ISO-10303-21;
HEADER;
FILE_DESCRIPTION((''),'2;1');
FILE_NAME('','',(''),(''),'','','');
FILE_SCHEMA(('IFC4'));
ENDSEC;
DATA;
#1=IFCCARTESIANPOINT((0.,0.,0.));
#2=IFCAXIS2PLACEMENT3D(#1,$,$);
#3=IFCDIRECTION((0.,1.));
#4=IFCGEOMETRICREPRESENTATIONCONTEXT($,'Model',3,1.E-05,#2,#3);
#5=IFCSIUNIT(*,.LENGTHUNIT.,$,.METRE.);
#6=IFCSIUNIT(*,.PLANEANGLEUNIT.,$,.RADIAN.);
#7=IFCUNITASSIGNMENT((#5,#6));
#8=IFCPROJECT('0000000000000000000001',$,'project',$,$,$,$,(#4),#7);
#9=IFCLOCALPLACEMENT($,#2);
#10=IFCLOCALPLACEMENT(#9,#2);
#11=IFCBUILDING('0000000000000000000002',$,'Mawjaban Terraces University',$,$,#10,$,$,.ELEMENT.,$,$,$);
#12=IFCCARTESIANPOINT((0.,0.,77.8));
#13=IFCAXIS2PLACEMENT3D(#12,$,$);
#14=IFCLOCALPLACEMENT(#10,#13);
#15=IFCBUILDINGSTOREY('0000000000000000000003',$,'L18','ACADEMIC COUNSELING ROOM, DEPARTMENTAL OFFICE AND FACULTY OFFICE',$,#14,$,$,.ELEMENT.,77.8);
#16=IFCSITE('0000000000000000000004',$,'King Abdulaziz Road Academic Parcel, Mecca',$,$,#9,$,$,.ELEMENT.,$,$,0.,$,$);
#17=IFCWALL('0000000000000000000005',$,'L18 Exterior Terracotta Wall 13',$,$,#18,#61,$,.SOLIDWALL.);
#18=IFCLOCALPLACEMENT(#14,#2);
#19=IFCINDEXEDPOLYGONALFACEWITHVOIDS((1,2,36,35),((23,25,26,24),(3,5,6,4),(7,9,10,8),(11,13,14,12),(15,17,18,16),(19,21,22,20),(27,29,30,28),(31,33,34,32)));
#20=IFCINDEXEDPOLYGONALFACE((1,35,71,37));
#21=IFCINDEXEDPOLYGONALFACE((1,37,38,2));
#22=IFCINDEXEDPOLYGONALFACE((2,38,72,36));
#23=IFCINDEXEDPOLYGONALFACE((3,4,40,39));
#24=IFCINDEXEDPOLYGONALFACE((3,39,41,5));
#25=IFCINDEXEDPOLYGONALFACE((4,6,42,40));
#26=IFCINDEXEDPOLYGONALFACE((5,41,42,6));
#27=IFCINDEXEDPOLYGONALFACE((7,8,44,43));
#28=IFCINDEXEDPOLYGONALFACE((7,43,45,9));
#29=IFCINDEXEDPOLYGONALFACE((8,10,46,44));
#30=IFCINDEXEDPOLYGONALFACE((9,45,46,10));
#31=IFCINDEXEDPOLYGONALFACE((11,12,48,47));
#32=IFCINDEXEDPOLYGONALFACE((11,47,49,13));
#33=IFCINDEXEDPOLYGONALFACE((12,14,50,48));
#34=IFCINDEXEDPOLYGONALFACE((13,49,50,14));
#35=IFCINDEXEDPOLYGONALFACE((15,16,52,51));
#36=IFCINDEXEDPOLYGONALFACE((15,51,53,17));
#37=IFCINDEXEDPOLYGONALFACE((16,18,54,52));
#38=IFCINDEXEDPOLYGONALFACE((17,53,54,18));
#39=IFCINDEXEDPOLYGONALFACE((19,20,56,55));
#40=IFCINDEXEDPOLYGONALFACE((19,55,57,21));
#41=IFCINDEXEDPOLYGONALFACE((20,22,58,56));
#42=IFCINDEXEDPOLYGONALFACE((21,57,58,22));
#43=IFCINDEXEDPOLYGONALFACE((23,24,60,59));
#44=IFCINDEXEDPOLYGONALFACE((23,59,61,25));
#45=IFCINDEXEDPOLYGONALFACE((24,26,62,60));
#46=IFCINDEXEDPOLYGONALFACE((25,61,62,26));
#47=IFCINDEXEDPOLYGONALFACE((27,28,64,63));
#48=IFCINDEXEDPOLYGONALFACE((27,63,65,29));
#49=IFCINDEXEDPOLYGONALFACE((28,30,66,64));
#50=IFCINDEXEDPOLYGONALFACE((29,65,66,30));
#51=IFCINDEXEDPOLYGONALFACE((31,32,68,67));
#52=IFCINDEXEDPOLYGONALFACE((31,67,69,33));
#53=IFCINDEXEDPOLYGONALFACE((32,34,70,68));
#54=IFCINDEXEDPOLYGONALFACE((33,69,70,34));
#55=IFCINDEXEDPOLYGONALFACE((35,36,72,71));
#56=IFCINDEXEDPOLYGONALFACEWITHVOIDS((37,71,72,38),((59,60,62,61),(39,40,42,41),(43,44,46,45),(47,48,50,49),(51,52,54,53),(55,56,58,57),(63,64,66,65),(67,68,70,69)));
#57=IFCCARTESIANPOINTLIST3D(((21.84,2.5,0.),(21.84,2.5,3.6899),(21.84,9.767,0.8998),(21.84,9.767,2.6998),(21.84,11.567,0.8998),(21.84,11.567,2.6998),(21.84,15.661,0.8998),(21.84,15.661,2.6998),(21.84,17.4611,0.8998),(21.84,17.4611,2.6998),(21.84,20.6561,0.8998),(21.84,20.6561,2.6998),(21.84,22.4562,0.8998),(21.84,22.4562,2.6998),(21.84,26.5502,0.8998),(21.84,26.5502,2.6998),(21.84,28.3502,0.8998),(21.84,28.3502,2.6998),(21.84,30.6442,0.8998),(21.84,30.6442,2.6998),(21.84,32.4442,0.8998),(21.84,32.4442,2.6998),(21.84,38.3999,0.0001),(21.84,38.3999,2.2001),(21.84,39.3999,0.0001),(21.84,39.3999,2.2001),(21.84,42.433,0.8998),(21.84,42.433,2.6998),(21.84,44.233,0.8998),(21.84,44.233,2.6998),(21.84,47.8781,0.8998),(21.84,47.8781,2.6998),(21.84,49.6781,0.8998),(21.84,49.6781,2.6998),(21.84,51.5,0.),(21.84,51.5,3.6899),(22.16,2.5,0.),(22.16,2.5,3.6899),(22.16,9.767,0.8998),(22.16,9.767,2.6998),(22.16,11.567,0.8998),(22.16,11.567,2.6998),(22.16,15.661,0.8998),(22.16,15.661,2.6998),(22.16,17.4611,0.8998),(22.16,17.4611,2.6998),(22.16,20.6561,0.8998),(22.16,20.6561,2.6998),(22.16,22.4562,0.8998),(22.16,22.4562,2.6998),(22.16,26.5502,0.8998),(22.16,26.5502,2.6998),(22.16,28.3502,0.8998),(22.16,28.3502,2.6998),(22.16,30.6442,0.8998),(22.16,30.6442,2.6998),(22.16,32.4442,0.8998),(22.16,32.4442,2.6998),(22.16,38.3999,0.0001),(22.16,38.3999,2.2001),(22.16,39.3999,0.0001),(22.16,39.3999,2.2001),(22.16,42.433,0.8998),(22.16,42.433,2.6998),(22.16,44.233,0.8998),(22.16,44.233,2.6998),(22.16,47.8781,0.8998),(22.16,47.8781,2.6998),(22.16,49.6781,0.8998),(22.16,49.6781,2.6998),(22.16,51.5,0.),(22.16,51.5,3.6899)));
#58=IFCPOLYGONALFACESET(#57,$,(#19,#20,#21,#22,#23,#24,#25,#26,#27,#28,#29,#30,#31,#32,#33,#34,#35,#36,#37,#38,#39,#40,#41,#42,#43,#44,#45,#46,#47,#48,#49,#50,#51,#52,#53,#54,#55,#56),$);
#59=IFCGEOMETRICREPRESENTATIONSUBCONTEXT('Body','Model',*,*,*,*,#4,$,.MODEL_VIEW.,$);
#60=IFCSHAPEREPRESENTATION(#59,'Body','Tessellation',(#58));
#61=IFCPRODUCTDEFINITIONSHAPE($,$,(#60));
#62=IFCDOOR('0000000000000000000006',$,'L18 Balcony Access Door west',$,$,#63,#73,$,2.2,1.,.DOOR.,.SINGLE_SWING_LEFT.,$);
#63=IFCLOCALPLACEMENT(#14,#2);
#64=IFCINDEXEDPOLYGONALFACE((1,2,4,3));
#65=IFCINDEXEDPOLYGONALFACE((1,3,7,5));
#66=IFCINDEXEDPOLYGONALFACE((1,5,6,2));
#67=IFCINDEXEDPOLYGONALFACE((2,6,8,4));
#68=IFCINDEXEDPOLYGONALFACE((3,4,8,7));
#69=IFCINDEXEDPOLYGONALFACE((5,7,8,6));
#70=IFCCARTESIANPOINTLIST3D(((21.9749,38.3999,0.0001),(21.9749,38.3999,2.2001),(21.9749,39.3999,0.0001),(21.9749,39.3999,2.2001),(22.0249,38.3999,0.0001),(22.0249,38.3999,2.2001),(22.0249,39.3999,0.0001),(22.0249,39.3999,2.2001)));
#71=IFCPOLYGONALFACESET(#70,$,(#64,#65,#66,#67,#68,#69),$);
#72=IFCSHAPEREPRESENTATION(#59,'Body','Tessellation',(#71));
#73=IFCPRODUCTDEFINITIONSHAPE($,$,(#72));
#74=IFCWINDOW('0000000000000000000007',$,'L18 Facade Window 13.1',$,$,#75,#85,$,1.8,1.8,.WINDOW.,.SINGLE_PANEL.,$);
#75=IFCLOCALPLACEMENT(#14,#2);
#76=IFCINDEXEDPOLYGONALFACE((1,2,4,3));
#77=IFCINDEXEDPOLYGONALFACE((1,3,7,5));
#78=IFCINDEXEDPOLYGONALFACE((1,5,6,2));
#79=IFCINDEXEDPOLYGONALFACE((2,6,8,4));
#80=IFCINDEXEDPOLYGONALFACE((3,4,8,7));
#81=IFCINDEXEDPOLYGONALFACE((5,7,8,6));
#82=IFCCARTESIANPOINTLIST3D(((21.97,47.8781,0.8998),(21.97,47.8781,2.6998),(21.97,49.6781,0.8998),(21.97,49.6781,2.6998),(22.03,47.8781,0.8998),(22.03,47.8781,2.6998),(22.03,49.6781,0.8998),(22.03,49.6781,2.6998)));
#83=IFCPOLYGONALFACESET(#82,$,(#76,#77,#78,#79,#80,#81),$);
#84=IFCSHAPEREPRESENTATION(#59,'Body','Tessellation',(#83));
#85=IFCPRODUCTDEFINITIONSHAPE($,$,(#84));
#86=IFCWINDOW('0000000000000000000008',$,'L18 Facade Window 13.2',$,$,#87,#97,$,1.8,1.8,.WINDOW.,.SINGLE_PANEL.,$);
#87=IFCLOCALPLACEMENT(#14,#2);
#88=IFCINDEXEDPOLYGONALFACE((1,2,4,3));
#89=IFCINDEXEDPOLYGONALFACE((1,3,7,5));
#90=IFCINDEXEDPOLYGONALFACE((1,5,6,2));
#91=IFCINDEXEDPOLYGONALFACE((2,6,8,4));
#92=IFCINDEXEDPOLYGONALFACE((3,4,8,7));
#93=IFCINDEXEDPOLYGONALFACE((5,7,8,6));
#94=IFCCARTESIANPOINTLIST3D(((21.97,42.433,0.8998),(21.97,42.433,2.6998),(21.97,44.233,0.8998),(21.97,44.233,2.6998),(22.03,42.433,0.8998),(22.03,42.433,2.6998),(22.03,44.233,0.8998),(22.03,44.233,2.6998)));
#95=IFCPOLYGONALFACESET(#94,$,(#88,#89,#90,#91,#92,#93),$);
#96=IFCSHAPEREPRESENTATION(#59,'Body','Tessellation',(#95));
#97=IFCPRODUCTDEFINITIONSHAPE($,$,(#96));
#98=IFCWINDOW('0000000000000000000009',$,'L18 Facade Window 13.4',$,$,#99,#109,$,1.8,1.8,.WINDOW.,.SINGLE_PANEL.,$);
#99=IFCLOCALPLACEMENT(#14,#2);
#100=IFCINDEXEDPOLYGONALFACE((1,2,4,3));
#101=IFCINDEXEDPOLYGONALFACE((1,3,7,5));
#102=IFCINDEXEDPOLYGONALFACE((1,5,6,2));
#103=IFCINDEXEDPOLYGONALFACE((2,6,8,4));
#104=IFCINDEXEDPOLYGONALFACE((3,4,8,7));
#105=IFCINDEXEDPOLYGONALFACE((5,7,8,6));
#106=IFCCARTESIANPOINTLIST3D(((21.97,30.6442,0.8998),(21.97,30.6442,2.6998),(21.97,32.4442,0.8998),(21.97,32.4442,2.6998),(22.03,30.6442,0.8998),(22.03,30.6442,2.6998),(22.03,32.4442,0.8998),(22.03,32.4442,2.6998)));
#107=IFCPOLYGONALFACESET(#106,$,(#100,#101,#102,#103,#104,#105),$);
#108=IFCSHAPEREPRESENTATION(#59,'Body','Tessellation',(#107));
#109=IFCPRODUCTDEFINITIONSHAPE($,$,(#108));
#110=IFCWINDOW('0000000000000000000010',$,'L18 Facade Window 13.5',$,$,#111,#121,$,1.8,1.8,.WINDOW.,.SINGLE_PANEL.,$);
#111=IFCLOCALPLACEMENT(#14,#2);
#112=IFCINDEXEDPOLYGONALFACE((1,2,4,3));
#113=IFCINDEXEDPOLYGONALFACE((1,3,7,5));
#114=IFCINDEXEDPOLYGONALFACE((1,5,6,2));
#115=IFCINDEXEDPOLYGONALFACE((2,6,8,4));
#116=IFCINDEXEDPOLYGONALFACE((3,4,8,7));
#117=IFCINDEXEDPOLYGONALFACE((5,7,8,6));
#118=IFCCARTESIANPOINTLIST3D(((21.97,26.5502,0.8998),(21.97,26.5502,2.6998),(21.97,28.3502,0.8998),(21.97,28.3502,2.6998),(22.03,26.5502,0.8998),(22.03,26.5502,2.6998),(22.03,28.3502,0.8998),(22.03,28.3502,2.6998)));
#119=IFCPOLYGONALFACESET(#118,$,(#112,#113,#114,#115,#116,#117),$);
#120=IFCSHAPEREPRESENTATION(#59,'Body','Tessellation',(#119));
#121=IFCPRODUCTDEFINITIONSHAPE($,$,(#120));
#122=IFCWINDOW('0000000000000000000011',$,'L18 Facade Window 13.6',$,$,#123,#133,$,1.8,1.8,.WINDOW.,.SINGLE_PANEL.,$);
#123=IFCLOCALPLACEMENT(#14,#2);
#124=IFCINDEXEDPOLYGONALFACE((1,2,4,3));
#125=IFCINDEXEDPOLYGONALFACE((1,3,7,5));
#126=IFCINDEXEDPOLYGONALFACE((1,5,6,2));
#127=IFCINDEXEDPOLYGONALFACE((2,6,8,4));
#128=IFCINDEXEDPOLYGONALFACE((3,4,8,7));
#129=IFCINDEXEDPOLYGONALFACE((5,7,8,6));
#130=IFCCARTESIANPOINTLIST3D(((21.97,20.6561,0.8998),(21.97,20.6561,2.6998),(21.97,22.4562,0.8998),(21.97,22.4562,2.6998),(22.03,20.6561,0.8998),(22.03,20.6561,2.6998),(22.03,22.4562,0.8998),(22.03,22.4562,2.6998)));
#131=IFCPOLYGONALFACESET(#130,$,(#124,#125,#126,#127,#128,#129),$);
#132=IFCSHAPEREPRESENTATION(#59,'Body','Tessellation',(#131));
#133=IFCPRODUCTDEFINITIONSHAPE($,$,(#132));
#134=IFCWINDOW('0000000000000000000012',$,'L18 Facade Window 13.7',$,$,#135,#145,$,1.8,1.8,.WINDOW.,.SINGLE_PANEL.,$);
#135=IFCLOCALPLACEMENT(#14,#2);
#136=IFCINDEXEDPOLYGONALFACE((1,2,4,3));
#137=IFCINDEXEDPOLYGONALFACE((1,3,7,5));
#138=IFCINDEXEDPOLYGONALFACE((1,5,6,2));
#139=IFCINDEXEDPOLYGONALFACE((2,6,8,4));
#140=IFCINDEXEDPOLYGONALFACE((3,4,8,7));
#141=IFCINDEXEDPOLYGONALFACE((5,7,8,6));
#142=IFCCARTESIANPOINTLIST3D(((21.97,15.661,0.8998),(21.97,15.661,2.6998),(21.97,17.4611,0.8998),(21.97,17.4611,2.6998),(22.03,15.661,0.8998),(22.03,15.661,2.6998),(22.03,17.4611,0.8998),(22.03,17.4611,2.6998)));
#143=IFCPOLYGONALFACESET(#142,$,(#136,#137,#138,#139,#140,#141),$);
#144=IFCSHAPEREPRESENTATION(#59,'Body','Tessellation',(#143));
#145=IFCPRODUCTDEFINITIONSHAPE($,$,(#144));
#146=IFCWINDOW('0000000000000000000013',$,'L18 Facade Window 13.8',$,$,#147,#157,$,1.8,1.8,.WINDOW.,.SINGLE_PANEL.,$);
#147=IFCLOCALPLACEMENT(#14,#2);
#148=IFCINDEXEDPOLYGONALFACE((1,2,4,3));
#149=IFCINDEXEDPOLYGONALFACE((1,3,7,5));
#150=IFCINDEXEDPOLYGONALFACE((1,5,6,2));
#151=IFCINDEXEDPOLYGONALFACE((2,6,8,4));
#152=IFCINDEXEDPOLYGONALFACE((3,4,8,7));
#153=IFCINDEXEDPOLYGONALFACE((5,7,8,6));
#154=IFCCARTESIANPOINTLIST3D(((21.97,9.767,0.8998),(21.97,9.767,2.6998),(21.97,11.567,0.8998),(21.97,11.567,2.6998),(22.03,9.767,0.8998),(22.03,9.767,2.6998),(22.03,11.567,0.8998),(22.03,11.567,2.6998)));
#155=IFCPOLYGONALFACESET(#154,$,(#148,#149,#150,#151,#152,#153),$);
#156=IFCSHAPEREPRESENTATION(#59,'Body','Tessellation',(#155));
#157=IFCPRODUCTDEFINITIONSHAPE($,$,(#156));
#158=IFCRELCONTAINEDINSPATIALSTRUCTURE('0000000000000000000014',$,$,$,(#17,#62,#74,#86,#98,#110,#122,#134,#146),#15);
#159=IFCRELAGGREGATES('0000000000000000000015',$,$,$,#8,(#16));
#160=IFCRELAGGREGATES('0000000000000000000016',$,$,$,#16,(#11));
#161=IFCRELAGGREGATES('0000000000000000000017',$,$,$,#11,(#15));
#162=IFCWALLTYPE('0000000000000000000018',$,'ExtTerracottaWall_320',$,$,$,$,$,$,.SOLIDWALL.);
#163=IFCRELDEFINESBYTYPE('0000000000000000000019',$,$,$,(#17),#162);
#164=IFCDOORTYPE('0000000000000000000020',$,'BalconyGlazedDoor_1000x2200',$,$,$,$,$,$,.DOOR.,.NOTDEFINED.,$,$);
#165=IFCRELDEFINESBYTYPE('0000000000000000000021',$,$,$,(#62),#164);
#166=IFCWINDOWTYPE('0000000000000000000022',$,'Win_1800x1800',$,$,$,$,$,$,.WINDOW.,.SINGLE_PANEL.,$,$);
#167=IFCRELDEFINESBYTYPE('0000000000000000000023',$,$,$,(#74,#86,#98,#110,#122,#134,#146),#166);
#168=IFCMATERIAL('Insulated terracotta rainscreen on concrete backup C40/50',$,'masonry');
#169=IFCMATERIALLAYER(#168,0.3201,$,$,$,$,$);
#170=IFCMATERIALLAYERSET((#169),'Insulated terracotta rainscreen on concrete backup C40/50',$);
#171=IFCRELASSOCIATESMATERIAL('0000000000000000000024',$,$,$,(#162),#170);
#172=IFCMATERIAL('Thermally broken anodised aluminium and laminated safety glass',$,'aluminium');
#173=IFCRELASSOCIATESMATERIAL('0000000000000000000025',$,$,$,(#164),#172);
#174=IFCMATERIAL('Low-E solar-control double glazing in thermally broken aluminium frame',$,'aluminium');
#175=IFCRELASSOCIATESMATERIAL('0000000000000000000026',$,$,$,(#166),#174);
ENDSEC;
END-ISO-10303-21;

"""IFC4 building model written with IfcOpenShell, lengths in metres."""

from ifc_helpers import new_model, si_unit, direction, frame, frame_2d, origin, place, context, subcontext, project, spatial, rectangle, extrude, material, layer, layer_set, type_object, element, fill, save


model = new_model("IFC4")

# Units and contexts
model_context = context("Model", 3, precision=1e-05, world=origin(), true_north=direction((0.0, 1.0)))
body_context = subcontext(model_context, "Body", "Model", "MODEL_VIEW")
ifc_project = project(units=[si_unit("LENGTHUNIT", "METRE"), si_unit("PLANEANGLEUNIT", "RADIAN")], contexts=[model_context])

# Site, building, storey
site_placement = place(None, origin())
site = spatial("IfcSite", under=ifc_project, at=site_placement, Name="King Abdulaziz Road Academic Parcel, Mecca", CompositionType="ELEMENT", RefElevation=0.0)
building_placement = place(site_placement, origin())
building = spatial("IfcBuilding", under=site, at=building_placement, Name="Mawjaban Terraces University", CompositionType="ELEMENT")
storey_placement = place(building_placement, frame((0.0, 0.0, 77.8)))
storey = spatial("IfcBuildingStorey", under=building, at=storey_placement, Name="L18", Description="ACADEMIC COUNSELING ROOM, DEPARTMENTAL OFFICE AND FACULTY OFFICE", CompositionType="ELEMENT", Elevation=77.8)

# Shared definitions
ifc_material_1 = material(Name="Insulated terracotta rainscreen on concrete backup C40/50", Category="masonry")
ifc_layer_1 = layer(ifc_material_1, 0.3201)
ifc_layer_set_1 = layer_set([ifc_layer_1], Name="Insulated terracotta rainscreen on concrete backup C40/50")
wall_type_1 = type_object("IfcWallType", Name="ExtTerracottaWall_320", PredefinedType="SOLIDWALL", material=ifc_layer_set_1)

# Wall, openings, door, windows
wall_1_placement = place(storey_placement, frame((22.0, 51.5, 0.0), z_axis=(0.0, 0.0, 1.0), x_axis=(0.0, -1.0, 0.0)))
wall_1 = element("IfcWall", 1, at=wall_1_placement, inside=storey, type_object=wall_type_1, Name="L18 Exterior Terracotta Wall 13", PredefinedType="SOLIDWALL", context=body_context, shape_type="SweptSolid", body=[
    extrude(rectangle(XDim=49.0, YDim=0.3201, at=frame_2d((24.5, 0.0))), origin(), (0.0, 0.0, 1.0), 3.6899),
])
opening_1_placement = place(wall_1_placement, frame((12.1001, 0.0, 0.0)))
opening_1 = element("IfcOpeningElement", 2, at=opening_1_placement, cuts=wall_1, PredefinedType="OPENING", context=body_context, shape_type="SweptSolid", body=[
    extrude(rectangle(XDim=1.0, YDim=2.2, at=frame_2d((0.5, 1.1001))), frame((0.0, 0.1699, 0.0), z_axis=(0.0, -1.0, 0.0), x_axis=(1.0, 0.0, 0.0)), (0.0, 0.0, 1.0), 0.3401),
])
opening_2_placement = place(wall_1_placement, frame((1.822, 0.0, 0.8999)))
opening_2 = element("IfcOpeningElement", 3, at=opening_2_placement, cuts=wall_1, PredefinedType="OPENING", context=body_context, shape_type="SweptSolid", body=[
    extrude(rectangle(XDim=1.8, YDim=1.8, at=frame_2d((0.8999, 0.8999))), frame((0.0, 0.1699, 0.0), z_axis=(0.0, -1.0, 0.0), x_axis=(1.0, 0.0, 0.0)), (0.0, 0.0, 1.0), 0.3401),
])
opening_3_placement = place(wall_1_placement, frame((7.2671, 0.0, 0.8999)))
opening_3 = element("IfcOpeningElement", 4, at=opening_3_placement, cuts=wall_1, PredefinedType="OPENING", context=body_context, shape_type="SweptSolid", body=[
    extrude(rectangle(XDim=1.8, YDim=1.8, at=frame_2d((0.8999, 0.8999))), frame((0.0, 0.1699, 0.0), z_axis=(0.0, -1.0, 0.0), x_axis=(1.0, 0.0, 0.0)), (0.0, 0.0, 1.0), 0.3401),
])
opening_4_placement = place(wall_1_placement, frame((19.0559, 0.0, 0.8999)))
opening_4 = element("IfcOpeningElement", 5, at=opening_4_placement, cuts=wall_1, PredefinedType="OPENING", context=body_context, shape_type="SweptSolid", body=[
    extrude(rectangle(XDim=1.8, YDim=1.8, at=frame_2d((0.8999, 0.8999))), frame((0.0, 0.1699, 0.0), z_axis=(0.0, -1.0, 0.0), x_axis=(1.0, 0.0, 0.0)), (0.0, 0.0, 1.0), 0.3401),
])
opening_5_placement = place(wall_1_placement, frame((23.1499, 0.0, 0.8999)))
opening_5 = element("IfcOpeningElement", 6, at=opening_5_placement, cuts=wall_1, PredefinedType="OPENING", context=body_context, shape_type="SweptSolid", body=[
    extrude(rectangle(XDim=1.8, YDim=1.8, at=frame_2d((0.8999, 0.8999))), frame((0.0, 0.1699, 0.0), z_axis=(0.0, -1.0, 0.0), x_axis=(1.0, 0.0, 0.0)), (0.0, 0.0, 1.0), 0.3401),
])
opening_6_placement = place(wall_1_placement, frame((29.0439, 0.0, 0.8999)))
opening_6 = element("IfcOpeningElement", 7, at=opening_6_placement, cuts=wall_1, PredefinedType="OPENING", context=body_context, shape_type="SweptSolid", body=[
    extrude(rectangle(XDim=1.8, YDim=1.8, at=frame_2d((0.8999, 0.8999))), frame((0.0, 0.1699, 0.0), z_axis=(0.0, -1.0, 0.0), x_axis=(1.0, 0.0, 0.0)), (0.0, 0.0, 1.0), 0.3401),
])
opening_7_placement = place(wall_1_placement, frame((34.0391, 0.0, 0.8999)))
opening_7 = element("IfcOpeningElement", 8, at=opening_7_placement, cuts=wall_1, PredefinedType="OPENING", context=body_context, shape_type="SweptSolid", body=[
    extrude(rectangle(XDim=1.8, YDim=1.8, at=frame_2d((0.8999, 0.8999))), frame((0.0, 0.1699, 0.0), z_axis=(0.0, -1.0, 0.0), x_axis=(1.0, 0.0, 0.0)), (0.0, 0.0, 1.0), 0.3401),
])
opening_8_placement = place(wall_1_placement, frame((39.9331, 0.0, 0.8999)))
opening_8 = element("IfcOpeningElement", 9, at=opening_8_placement, cuts=wall_1, PredefinedType="OPENING", context=body_context, shape_type="SweptSolid", body=[
    extrude(rectangle(XDim=1.8, YDim=1.8, at=frame_2d((0.8999, 0.8999))), frame((0.0, 0.1699, 0.0), z_axis=(0.0, -1.0, 0.0), x_axis=(1.0, 0.0, 0.0)), (0.0, 0.0, 1.0), 0.3401),
])
ifc_material_2 = material(Name="Thermally broken anodised aluminium and laminated safety glass", Category="aluminium")
door_type_1 = type_object("IfcDoorType", Name="BalconyGlazedDoor_1000x2200", OperationType="NOTDEFINED", PredefinedType="DOOR", material=ifc_material_2)
door_1_placement = place(opening_1_placement, origin())
door_1 = element("IfcDoor", 10, at=door_1_placement, inside=storey, type_object=door_type_1, Name="L18 Balcony Access Door west", OperationType="SINGLE_SWING_LEFT", OverallHeight=2.2, OverallWidth=1.0, PredefinedType="DOOR", context=body_context, shape_type="SweptSolid", body=[
    extrude(rectangle(XDim=1.0, YDim=2.2, at=frame_2d((0.5, 1.1001))), frame((0.0, 0.0249, 0.0), z_axis=(0.0, -1.0, 0.0), x_axis=(1.0, 0.0, 0.0)), (0.0, 0.0, 1.0), 0.05),
])
fill(opening_1, door_1)
ifc_material_3 = material(Name="Low-E solar-control double glazing in thermally broken aluminium frame", Category="aluminium")
window_type = type_object("IfcWindowType", Name="Win_1800x1800", PartitioningType="SINGLE_PANEL", PredefinedType="WINDOW", material=ifc_material_3)
window_1_placement = place(opening_2_placement, origin())
window_1 = element("IfcWindow", 11, at=window_1_placement, inside=storey, type_object=window_type, Name="L18 Facade Window 13.1", OverallHeight=1.8, OverallWidth=1.8, PartitioningType="SINGLE_PANEL", PredefinedType="WINDOW", context=body_context, shape_type="SweptSolid", body=[
    extrude(rectangle(XDim=1.8, YDim=1.8, at=frame_2d((0.8999, 0.8999))), frame((0.0, 0.03, 0.0), z_axis=(0.0, -1.0, 0.0), x_axis=(1.0, 0.0, 0.0)), (0.0, 0.0, 1.0), 0.0601),
])
fill(opening_2, window_1)
window_2_placement = place(opening_3_placement, origin())
window_2 = element("IfcWindow", 12, at=window_2_placement, inside=storey, type_object=window_type, Name="L18 Facade Window 13.2", OverallHeight=1.8, OverallWidth=1.8, PartitioningType="SINGLE_PANEL", PredefinedType="WINDOW", context=body_context, shape_type="SweptSolid", body=[
    extrude(rectangle(XDim=1.8, YDim=1.8, at=frame_2d((0.8999, 0.8999))), frame((0.0, 0.03, 0.0), z_axis=(0.0, -1.0, 0.0), x_axis=(1.0, 0.0, 0.0)), (0.0, 0.0, 1.0), 0.0601),
])
fill(opening_3, window_2)
window_3_placement = place(opening_4_placement, origin())
window_3 = element("IfcWindow", 13, at=window_3_placement, inside=storey, type_object=window_type, Name="L18 Facade Window 13.4", OverallHeight=1.8, OverallWidth=1.8, PartitioningType="SINGLE_PANEL", PredefinedType="WINDOW", context=body_context, shape_type="SweptSolid", body=[
    extrude(rectangle(XDim=1.8, YDim=1.8, at=frame_2d((0.8999, 0.8999))), frame((0.0, 0.03, 0.0), z_axis=(0.0, -1.0, 0.0), x_axis=(1.0, 0.0, 0.0)), (0.0, 0.0, 1.0), 0.0601),
])
fill(opening_4, window_3)
window_4_placement = place(opening_5_placement, origin())
window_4 = element("IfcWindow", 14, at=window_4_placement, inside=storey, type_object=window_type, Name="L18 Facade Window 13.5", OverallHeight=1.8, OverallWidth=1.8, PartitioningType="SINGLE_PANEL", PredefinedType="WINDOW", context=body_context, shape_type="SweptSolid", body=[
    extrude(rectangle(XDim=1.8, YDim=1.8, at=frame_2d((0.8999, 0.8999))), frame((0.0, 0.03, 0.0), z_axis=(0.0, -1.0, 0.0), x_axis=(1.0, 0.0, 0.0)), (0.0, 0.0, 1.0), 0.0601),
])
fill(opening_5, window_4)
window_5_placement = place(opening_6_placement, origin())
window_5 = element("IfcWindow", 15, at=window_5_placement, inside=storey, type_object=window_type, Name="L18 Facade Window 13.6", OverallHeight=1.8, OverallWidth=1.8, PartitioningType="SINGLE_PANEL", PredefinedType="WINDOW", context=body_context, shape_type="SweptSolid", body=[
    extrude(rectangle(XDim=1.8, YDim=1.8, at=frame_2d((0.8999, 0.8999))), frame((0.0, 0.03, 0.0), z_axis=(0.0, -1.0, 0.0), x_axis=(1.0, 0.0, 0.0)), (0.0, 0.0, 1.0), 0.0601),
])
fill(opening_6, window_5)
window_6_placement = place(opening_7_placement, origin())
window_6 = element("IfcWindow", 16, at=window_6_placement, inside=storey, type_object=window_type, Name="L18 Facade Window 13.7", OverallHeight=1.8, OverallWidth=1.8, PartitioningType="SINGLE_PANEL", PredefinedType="WINDOW", context=body_context, shape_type="SweptSolid", body=[
    extrude(rectangle(XDim=1.8, YDim=1.8, at=frame_2d((0.8999, 0.8999))), frame((0.0, 0.03, 0.0), z_axis=(0.0, -1.0, 0.0), x_axis=(1.0, 0.0, 0.0)), (0.0, 0.0, 1.0), 0.0601),
])
fill(opening_7, window_6)
window_7_placement = place(opening_8_placement, origin())
window_7 = element("IfcWindow", 17, at=window_7_placement, inside=storey, type_object=window_type, Name="L18 Facade Window 13.8", OverallHeight=1.8, OverallWidth=1.8, PartitioningType="SINGLE_PANEL", PredefinedType="WINDOW", context=body_context, shape_type="SweptSolid", body=[
    extrude(rectangle(XDim=1.8, YDim=1.8, at=frame_2d((0.8999, 0.8999))), frame((0.0, 0.03, 0.0), z_axis=(0.0, -1.0, 0.0), x_axis=(1.0, 0.0, 0.0)), (0.0, 0.0, 1.0), 0.0601),
])
fill(opening_8, window_7)

save(model, "model.ifc")
